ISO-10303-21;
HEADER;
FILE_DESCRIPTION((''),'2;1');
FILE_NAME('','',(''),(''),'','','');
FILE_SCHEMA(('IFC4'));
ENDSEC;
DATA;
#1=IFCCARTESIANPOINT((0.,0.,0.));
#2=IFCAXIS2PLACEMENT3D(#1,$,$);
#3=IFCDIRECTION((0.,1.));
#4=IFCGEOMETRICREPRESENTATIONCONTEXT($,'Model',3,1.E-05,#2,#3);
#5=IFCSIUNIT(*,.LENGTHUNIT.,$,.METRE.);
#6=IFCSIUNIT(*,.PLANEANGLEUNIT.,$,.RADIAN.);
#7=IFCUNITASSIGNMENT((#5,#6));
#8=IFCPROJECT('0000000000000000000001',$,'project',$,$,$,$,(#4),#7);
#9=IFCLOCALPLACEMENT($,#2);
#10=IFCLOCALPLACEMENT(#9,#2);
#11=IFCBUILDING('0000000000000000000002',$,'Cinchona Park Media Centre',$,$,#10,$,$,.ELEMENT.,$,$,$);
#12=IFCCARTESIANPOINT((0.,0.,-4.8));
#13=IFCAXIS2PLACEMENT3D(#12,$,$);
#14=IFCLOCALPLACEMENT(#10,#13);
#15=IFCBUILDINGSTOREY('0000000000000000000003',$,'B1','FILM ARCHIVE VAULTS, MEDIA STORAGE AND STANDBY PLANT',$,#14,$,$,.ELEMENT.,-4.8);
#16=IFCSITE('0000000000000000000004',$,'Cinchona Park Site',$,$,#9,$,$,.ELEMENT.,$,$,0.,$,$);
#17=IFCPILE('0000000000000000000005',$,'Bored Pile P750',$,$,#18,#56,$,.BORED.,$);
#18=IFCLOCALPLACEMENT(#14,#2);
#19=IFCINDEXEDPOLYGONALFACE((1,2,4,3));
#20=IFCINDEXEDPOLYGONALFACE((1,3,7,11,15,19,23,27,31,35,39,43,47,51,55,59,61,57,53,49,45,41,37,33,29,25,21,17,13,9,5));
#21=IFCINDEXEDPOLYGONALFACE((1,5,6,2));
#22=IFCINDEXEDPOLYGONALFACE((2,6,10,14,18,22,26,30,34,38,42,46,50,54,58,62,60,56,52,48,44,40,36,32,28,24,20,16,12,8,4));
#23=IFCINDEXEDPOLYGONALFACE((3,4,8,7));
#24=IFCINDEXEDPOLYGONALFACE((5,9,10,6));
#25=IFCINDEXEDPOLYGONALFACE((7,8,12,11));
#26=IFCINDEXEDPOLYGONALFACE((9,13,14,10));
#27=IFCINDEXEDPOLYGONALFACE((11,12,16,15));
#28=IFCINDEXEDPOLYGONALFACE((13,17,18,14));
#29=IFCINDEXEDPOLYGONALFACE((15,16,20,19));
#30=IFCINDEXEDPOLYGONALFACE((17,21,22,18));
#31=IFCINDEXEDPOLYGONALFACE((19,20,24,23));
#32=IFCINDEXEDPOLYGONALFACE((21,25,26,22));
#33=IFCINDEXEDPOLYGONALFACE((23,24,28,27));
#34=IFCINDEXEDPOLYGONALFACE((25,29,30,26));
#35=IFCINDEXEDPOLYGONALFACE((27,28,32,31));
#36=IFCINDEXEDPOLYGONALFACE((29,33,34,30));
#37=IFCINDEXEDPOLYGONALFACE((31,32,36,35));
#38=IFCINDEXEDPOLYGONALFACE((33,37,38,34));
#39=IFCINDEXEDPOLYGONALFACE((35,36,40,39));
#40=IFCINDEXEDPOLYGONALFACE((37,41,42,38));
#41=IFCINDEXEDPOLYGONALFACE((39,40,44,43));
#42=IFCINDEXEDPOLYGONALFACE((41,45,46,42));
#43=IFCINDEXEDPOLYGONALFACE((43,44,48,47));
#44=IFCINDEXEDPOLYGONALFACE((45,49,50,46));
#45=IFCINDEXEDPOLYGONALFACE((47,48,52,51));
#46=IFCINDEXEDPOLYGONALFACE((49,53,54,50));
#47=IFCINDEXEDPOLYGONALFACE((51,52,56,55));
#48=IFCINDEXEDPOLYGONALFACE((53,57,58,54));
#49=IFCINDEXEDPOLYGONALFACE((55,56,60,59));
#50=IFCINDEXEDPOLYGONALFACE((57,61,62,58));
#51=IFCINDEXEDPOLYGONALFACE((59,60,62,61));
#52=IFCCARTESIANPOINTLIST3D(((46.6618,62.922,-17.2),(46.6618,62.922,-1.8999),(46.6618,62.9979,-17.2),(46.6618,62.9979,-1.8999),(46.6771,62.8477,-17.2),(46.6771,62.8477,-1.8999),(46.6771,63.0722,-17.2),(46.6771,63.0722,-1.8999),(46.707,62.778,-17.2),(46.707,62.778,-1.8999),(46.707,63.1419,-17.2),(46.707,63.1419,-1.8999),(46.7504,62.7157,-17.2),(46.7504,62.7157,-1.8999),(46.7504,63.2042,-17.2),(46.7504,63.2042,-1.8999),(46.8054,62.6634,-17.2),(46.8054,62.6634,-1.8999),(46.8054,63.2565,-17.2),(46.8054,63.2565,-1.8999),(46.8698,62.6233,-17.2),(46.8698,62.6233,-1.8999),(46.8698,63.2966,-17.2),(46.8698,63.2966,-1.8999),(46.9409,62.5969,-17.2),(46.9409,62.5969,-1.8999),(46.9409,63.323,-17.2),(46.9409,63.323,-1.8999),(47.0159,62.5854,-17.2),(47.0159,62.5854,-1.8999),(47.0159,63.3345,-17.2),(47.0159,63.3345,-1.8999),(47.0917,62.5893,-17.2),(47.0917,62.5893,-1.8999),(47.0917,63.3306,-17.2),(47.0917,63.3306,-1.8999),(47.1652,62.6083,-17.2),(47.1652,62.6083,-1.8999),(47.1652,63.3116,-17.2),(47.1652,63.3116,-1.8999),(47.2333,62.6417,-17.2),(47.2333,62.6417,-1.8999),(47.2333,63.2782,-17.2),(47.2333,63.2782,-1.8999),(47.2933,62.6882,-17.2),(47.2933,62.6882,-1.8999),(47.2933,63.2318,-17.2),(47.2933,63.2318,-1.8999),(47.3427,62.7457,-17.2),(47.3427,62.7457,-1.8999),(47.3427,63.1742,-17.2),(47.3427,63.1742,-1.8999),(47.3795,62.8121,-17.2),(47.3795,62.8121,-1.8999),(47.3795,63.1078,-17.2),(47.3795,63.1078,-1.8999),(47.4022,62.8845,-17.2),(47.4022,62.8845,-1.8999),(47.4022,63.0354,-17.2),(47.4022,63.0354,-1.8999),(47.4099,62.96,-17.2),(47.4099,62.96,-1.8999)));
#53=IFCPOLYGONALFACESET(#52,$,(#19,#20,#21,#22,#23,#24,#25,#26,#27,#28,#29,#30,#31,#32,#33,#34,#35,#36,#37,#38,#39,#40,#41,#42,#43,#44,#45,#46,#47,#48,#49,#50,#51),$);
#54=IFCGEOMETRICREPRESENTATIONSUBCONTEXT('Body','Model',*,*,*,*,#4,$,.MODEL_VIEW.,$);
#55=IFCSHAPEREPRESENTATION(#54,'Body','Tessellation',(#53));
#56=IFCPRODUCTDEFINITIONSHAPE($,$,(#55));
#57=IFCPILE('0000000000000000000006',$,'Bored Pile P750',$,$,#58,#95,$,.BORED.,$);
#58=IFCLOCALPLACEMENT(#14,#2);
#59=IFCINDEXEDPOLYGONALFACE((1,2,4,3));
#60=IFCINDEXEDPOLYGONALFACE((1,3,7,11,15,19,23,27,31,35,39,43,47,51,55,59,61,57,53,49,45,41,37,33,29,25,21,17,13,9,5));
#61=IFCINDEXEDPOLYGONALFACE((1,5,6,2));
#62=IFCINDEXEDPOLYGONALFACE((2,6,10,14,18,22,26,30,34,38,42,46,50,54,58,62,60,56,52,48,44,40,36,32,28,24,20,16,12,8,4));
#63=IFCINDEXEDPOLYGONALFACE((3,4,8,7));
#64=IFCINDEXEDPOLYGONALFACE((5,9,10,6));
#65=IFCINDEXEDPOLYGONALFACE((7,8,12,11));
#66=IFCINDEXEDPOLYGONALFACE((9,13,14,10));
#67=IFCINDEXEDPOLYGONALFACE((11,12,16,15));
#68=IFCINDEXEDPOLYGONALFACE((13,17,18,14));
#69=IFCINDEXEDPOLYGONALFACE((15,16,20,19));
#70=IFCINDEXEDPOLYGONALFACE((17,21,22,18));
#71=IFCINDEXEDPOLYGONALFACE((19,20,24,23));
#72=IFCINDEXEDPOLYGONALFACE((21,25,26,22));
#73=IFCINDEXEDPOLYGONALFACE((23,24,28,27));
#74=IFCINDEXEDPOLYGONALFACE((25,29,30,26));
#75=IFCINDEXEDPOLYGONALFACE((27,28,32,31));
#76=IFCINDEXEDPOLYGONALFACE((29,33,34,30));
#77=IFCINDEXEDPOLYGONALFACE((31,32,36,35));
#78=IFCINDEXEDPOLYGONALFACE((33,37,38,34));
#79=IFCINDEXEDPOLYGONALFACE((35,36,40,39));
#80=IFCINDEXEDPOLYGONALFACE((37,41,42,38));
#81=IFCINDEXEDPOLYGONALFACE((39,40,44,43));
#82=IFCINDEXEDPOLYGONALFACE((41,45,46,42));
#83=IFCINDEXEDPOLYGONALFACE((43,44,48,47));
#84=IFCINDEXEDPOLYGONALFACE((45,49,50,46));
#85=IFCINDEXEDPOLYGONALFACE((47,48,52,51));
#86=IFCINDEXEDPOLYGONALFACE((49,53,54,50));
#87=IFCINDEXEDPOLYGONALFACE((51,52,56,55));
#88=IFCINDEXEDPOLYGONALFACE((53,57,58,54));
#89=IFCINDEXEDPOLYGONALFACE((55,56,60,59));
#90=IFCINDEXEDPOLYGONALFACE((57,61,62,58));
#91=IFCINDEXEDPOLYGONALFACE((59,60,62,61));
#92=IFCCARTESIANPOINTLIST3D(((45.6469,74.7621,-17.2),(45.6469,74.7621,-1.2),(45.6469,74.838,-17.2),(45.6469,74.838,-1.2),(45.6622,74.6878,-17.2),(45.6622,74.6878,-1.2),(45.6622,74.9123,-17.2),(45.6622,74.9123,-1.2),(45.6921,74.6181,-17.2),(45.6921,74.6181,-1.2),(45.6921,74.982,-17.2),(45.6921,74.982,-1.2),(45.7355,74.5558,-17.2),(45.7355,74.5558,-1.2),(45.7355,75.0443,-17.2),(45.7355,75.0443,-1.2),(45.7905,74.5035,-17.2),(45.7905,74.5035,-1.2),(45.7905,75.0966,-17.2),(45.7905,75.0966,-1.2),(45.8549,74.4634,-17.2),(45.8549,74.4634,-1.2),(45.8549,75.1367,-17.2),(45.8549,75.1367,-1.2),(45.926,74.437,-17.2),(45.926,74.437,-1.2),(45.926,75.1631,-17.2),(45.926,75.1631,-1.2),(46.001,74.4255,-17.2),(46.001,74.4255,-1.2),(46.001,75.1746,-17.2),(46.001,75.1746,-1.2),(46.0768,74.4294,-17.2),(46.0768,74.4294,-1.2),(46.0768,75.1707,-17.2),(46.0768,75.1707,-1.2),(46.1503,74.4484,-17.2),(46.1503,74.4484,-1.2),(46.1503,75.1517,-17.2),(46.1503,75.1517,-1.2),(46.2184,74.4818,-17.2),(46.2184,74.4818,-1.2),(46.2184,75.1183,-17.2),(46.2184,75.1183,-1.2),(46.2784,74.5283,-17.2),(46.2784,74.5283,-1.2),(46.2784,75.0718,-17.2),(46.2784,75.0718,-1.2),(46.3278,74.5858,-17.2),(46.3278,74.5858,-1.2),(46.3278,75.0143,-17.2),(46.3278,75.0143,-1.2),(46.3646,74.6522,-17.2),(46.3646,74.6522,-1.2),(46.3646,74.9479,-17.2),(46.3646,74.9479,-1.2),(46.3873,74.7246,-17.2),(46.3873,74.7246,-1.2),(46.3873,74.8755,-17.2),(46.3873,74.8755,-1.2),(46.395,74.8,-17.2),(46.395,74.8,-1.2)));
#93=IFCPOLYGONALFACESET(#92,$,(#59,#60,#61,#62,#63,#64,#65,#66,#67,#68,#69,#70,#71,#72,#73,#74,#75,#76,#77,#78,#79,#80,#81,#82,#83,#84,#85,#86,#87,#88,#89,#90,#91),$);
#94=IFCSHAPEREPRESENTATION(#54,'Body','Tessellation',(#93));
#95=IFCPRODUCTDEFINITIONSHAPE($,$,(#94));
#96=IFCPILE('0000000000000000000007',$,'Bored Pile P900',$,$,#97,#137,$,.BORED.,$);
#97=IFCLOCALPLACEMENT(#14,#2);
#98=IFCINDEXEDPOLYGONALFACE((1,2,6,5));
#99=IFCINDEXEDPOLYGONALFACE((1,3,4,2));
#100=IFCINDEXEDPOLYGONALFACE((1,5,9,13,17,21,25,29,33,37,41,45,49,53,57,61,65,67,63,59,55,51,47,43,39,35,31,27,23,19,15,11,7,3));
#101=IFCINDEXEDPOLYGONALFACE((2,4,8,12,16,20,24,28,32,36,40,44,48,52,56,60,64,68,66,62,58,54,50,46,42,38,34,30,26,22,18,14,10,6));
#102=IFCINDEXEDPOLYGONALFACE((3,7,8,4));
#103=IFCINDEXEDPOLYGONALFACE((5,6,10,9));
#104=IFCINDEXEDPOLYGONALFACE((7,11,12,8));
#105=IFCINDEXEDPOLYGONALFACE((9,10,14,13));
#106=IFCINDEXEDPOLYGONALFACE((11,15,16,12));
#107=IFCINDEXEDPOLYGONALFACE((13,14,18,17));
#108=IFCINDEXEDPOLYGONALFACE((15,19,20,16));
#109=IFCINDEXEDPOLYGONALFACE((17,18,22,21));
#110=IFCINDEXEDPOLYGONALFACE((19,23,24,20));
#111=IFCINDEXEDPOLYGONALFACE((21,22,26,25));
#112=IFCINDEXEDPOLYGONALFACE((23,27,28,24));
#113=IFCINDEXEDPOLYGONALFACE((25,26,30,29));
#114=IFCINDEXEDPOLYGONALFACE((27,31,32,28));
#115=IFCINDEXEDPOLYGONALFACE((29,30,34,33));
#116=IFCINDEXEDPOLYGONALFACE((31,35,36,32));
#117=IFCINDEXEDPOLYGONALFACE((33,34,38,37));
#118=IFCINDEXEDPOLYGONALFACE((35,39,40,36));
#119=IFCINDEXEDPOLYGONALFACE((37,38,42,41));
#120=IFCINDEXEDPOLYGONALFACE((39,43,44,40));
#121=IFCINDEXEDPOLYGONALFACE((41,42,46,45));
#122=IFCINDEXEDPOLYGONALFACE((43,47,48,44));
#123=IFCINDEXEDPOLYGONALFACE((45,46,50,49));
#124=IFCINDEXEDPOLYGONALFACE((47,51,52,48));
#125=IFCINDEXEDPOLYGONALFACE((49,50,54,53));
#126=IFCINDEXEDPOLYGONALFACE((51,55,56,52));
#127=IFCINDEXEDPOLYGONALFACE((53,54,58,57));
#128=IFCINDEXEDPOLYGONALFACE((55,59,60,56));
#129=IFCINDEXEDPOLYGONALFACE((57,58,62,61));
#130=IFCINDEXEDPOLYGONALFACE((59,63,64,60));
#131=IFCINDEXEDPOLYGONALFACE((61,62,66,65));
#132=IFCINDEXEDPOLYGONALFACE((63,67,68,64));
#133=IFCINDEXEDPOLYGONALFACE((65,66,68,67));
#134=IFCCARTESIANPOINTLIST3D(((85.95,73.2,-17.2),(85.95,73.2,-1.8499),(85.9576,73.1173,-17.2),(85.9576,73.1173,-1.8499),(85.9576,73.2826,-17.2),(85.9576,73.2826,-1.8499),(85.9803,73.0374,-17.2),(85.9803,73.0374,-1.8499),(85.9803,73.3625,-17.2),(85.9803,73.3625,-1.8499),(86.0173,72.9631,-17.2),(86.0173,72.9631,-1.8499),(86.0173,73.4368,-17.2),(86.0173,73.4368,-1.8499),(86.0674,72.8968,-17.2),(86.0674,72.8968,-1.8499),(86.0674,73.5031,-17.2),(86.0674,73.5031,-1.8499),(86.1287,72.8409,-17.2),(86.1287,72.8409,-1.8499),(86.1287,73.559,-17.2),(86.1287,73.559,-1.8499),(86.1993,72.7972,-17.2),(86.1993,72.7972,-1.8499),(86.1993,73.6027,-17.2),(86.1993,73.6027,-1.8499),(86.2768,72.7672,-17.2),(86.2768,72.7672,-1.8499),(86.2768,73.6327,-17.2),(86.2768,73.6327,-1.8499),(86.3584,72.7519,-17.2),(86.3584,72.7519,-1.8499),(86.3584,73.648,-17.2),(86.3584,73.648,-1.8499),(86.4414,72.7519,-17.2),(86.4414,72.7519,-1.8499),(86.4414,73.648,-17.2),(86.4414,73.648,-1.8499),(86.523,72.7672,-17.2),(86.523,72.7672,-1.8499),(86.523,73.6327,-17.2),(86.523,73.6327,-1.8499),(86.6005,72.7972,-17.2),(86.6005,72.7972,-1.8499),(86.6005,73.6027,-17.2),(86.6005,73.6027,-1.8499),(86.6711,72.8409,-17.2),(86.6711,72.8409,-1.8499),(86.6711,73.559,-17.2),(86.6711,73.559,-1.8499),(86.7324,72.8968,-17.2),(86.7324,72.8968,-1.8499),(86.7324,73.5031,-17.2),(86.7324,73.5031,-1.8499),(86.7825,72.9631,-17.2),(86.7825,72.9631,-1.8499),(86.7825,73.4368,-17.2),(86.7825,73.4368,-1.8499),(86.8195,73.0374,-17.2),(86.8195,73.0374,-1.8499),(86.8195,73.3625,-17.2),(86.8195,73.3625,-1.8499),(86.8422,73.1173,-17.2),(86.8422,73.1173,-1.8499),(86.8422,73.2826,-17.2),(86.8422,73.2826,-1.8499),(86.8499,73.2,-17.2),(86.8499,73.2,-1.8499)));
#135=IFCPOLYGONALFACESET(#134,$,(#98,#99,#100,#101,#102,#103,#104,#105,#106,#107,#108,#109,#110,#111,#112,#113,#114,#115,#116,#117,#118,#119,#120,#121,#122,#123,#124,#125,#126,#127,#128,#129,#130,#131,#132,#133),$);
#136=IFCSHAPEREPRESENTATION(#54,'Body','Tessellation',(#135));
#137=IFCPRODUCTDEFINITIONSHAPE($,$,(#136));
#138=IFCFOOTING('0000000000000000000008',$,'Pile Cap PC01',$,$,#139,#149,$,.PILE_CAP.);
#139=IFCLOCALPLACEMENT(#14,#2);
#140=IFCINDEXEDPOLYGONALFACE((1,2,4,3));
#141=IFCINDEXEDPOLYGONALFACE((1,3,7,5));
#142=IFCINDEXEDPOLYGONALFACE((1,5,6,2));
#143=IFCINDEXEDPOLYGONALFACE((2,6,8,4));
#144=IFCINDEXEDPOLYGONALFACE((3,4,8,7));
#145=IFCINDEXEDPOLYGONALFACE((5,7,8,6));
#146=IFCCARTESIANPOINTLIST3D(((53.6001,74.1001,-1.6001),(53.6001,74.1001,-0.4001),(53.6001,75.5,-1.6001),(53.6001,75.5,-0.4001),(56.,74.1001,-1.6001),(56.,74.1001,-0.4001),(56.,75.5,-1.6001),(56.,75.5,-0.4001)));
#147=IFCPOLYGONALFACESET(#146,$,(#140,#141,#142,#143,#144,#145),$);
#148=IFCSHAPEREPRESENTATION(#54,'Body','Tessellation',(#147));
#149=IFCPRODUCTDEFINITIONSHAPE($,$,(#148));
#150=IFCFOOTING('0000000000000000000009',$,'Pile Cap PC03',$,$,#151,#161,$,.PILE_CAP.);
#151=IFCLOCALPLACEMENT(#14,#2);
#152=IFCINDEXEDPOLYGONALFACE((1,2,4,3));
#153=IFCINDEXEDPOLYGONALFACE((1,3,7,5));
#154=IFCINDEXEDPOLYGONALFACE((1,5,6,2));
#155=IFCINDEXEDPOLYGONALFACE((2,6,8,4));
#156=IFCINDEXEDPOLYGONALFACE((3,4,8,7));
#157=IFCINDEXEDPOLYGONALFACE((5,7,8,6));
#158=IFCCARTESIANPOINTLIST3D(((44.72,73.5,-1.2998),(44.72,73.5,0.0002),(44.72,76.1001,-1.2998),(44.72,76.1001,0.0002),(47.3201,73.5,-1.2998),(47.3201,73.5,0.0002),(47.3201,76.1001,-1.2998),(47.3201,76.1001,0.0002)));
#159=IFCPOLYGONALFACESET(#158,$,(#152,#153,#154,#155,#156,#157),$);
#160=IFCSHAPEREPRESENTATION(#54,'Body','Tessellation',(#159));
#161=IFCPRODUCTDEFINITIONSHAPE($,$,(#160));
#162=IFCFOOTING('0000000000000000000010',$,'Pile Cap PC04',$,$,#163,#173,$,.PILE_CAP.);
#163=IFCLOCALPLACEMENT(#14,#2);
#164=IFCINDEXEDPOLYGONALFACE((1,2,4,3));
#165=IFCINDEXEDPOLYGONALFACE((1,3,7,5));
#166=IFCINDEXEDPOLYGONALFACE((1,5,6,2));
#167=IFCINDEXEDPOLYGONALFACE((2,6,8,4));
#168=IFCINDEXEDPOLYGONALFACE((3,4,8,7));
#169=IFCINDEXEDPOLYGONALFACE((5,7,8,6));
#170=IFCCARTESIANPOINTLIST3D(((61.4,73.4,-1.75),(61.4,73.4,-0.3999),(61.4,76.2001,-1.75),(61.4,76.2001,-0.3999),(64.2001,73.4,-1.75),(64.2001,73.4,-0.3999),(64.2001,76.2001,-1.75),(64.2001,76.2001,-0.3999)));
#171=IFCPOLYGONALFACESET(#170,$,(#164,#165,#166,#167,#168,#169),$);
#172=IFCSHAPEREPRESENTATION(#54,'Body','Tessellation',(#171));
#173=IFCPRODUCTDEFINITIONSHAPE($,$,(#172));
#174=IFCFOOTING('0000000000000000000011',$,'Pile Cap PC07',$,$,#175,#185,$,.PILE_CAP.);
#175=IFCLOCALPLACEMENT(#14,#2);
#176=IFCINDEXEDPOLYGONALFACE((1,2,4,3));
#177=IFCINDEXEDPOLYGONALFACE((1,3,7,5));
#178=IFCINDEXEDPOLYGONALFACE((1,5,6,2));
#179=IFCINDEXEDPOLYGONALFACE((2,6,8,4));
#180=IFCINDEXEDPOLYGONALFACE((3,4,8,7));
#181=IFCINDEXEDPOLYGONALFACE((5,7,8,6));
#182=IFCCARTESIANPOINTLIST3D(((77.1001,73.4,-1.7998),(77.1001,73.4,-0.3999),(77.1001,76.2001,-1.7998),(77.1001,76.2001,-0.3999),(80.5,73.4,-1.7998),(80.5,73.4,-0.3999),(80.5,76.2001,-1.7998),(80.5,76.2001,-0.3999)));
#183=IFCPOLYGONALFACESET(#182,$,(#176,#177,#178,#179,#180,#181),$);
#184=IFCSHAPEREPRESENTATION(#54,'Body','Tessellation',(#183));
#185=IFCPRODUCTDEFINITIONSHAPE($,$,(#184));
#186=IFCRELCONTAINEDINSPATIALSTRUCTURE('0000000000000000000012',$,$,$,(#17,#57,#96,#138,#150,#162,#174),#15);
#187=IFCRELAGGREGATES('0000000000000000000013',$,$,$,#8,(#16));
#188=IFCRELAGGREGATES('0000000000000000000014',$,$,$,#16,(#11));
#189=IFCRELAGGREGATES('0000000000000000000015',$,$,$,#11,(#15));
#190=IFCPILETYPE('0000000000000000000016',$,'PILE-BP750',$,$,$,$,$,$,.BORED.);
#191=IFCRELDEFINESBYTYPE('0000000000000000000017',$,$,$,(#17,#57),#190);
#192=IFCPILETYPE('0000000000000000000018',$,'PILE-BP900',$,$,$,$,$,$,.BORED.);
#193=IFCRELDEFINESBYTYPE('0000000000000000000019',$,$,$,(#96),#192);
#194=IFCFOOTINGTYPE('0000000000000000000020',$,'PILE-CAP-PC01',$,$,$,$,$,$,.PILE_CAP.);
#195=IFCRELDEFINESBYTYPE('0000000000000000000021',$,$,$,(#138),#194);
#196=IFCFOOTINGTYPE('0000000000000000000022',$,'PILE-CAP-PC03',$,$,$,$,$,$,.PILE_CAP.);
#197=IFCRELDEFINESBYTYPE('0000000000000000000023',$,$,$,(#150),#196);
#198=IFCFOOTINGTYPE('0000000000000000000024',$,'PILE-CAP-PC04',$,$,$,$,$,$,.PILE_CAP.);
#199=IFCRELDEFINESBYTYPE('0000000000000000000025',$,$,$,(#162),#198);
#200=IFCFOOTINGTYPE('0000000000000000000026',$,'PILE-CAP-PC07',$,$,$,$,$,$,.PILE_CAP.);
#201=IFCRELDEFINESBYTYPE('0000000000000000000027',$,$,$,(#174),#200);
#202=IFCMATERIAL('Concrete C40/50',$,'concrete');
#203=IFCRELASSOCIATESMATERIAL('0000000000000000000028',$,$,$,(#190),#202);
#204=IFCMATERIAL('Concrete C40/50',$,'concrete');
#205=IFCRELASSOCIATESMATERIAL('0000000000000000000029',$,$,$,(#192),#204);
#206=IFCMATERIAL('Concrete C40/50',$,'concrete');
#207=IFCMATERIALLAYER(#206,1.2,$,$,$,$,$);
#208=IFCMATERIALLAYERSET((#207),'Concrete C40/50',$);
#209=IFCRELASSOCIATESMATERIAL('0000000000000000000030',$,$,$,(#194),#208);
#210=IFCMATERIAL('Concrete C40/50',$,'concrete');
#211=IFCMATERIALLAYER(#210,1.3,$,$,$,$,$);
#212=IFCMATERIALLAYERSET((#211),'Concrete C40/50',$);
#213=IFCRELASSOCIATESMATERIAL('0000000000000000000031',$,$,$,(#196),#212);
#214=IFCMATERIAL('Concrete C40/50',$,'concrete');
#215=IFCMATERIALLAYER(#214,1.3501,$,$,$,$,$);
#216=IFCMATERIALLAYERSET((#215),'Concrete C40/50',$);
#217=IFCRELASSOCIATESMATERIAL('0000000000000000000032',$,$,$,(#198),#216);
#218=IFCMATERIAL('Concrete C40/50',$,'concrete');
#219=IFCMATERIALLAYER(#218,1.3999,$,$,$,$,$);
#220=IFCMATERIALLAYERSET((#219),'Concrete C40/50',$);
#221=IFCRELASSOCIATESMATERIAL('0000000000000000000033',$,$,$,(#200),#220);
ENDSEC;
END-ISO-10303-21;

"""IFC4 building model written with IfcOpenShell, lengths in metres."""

from ifc_helpers import new_model, si_unit, direction, frame, origin, origin_2d, place, context, subcontext, project, spatial, rectangle, circle, extrude, material, layer, layer_set, material_profile, profile_set, type_object, element, save


model = new_model("IFC4")

# Units and contexts
model_context = context("Model", 3, precision=1e-05, world=origin(), true_north=direction((0.0, 1.0)))
body_context = subcontext(model_context, "Body", "Model", "MODEL_VIEW")
ifc_project = project(units=[si_unit("LENGTHUNIT", "METRE"), si_unit("PLANEANGLEUNIT", "RADIAN")], contexts=[model_context])

# Site, building, storey
site_placement = place(None, origin())
site = spatial("IfcSite", under=ifc_project, at=site_placement, Name="Cinchona Park Site", CompositionType="ELEMENT", RefElevation=0.0)
building_placement = place(site_placement, origin())
building = spatial("IfcBuilding", under=site, at=building_placement, Name="Cinchona Park Media Centre", CompositionType="ELEMENT")
storey_placement = place(building_placement, frame((0.0, 0.0, -4.8)))
storey = spatial("IfcBuildingStorey", under=building, at=storey_placement, Name="B1", Description="FILM ARCHIVE VAULTS, MEDIA STORAGE AND STANDBY PLANT", CompositionType="ELEMENT", Elevation=-4.8)

# Piles
ifc_material_1 = material(Name="Concrete C40/50", Category="concrete")
ifc_material_profile_1 = material_profile(ifc_material_1, circle(Radius=0.375, at=origin_2d()), Name="BORED PILE 750")
ifc_profile_set_1 = profile_set([ifc_material_profile_1], Name="Concrete C40/50")
pile_type_1 = type_object("IfcPileType", Name="PILE-BP750", PredefinedType="BORED", material=ifc_profile_set_1)
pile_1_placement = place(storey_placement, frame((47.0349, 62.96, -1.8999), z_axis=(0.0, 0.0, -1.0), x_axis=(1.0, 0.0, 0.0)))
element("IfcPile", 1, at=pile_1_placement, inside=storey, type_object=pile_type_1, Name="Bored Pile P750", PredefinedType="BORED", context=body_context, shape_type="SweptSolid", body=[
    extrude(circle(Radius=0.375, at=origin_2d()), origin(), (0.0, 0.0, 1.0), 15.3),
])
pile_2_placement = place(storey_placement, frame((46.02, 74.8, -1.2), z_axis=(0.0, 0.0, -1.0), x_axis=(1.0, 0.0, 0.0)))
element("IfcPile", 2, at=pile_2_placement, inside=storey, type_object=pile_type_1, Name="Bored Pile P750", PredefinedType="BORED", context=body_context, shape_type="SweptSolid", body=[
    extrude(circle(Radius=0.375, at=origin_2d()), origin(), (0.0, 0.0, 1.0), 16.0),
])
ifc_material_2 = material(Name="Concrete C40/50", Category="concrete")
ifc_material_profile_2 = material_profile(ifc_material_2, circle(Radius=0.45, at=origin_2d()), Name="BORED PILE 900")
ifc_profile_set_2 = profile_set([ifc_material_profile_2], Name="Concrete C40/50")
pile_type_2 = type_object("IfcPileType", Name="PILE-BP900", PredefinedType="BORED", material=ifc_profile_set_2)
pile_3_placement = place(storey_placement, frame((86.3999, 73.2, -1.8499), z_axis=(0.0, 0.0, -1.0), x_axis=(1.0, 0.0, 0.0)))
element("IfcPile", 3, at=pile_3_placement, inside=storey, type_object=pile_type_2, Name="Bored Pile P900", PredefinedType="BORED", context=body_context, shape_type="SweptSolid", body=[
    extrude(circle(Radius=0.45, at=origin_2d()), origin(), (0.0, 0.0, 1.0), 15.3501),
])

# Footings
ifc_material_3 = material(Name="Concrete C40/50", Category="concrete")
ifc_layer_1 = layer(ifc_material_3, 1.2)
ifc_layer_set_1 = layer_set([ifc_layer_1], Name="Concrete C40/50")
footing_type_1 = type_object("IfcFootingType", Name="PILE-CAP-PC01", PredefinedType="PILE_CAP", material=ifc_layer_set_1)
footing_1_placement = place(storey_placement, frame((54.8, 74.8, -1.6001), z_axis=(0.0, 0.0, 1.0), x_axis=(1.0, 0.0, 0.0)))
element("IfcFooting", 4, at=footing_1_placement, inside=storey, type_object=footing_type_1, Name="Pile Cap PC01", PredefinedType="PILE_CAP", context=body_context, shape_type="SweptSolid", body=[
    extrude(rectangle(XDim=2.3999, YDim=1.3999, at=origin_2d()), origin(), (0.0, 0.0, 1.0), 1.2),
])
ifc_material_4 = material(Name="Concrete C40/50", Category="concrete")
ifc_layer_2 = layer(ifc_material_4, 1.3)
ifc_layer_set_2 = layer_set([ifc_layer_2], Name="Concrete C40/50")
footing_type_2 = type_object("IfcFootingType", Name="PILE-CAP-PC03", PredefinedType="PILE_CAP", material=ifc_layer_set_2)
footing_2_placement = place(storey_placement, frame((46.02, 74.8, -1.2998), z_axis=(0.0, 0.0, 1.0), x_axis=(1.0, 0.0, 0.0)))
element("IfcFooting", 5, at=footing_2_placement, inside=storey, type_object=footing_type_2, Name="Pile Cap PC03", PredefinedType="PILE_CAP", context=body_context, shape_type="SweptSolid", body=[
    extrude(rectangle(XDim=2.6001, YDim=2.6001, at=origin_2d()), origin(), (0.0, 0.0, 1.0), 1.3),
])
ifc_material_5 = material(Name="Concrete C40/50", Category="concrete")
ifc_layer_3 = layer(ifc_material_5, 1.3501)
ifc_layer_set_3 = layer_set([ifc_layer_3], Name="Concrete C40/50")
footing_type_3 = type_object("IfcFootingType", Name="PILE-CAP-PC04", PredefinedType="PILE_CAP", material=ifc_layer_set_3)
footing_3_placement = place(storey_placement, frame((62.8, 74.8, -1.75), z_axis=(0.0, 0.0, 1.0), x_axis=(1.0, 0.0, 0.0)))
element("IfcFooting", 6, at=footing_3_placement, inside=storey, type_object=footing_type_3, Name="Pile Cap PC04", PredefinedType="PILE_CAP", context=body_context, shape_type="SweptSolid", body=[
    extrude(rectangle(XDim=2.8, YDim=2.8, at=origin_2d()), origin(), (0.0, 0.0, 1.0), 1.3501),
])
ifc_material_6 = material(Name="Concrete C40/50", Category="concrete")
ifc_layer_4 = layer(ifc_material_6, 1.3999)
ifc_layer_set_4 = layer_set([ifc_layer_4], Name="Concrete C40/50")
footing_type_4 = type_object("IfcFootingType", Name="PILE-CAP-PC07", PredefinedType="PILE_CAP", material=ifc_layer_set_4)
footing_4_placement = place(storey_placement, frame((78.8, 74.8, -1.7998), z_axis=(0.0, 0.0, 1.0), x_axis=(1.0, 0.0, 0.0)))
element("IfcFooting", 7, at=footing_4_placement, inside=storey, type_object=footing_type_4, Name="Pile Cap PC07", PredefinedType="PILE_CAP", context=body_context, shape_type="SweptSolid", body=[
    extrude(rectangle(XDim=3.3999, YDim=2.8, at=origin_2d()), origin(), (0.0, 0.0, 1.0), 1.3999),
])

save(model, "model.ifc")
